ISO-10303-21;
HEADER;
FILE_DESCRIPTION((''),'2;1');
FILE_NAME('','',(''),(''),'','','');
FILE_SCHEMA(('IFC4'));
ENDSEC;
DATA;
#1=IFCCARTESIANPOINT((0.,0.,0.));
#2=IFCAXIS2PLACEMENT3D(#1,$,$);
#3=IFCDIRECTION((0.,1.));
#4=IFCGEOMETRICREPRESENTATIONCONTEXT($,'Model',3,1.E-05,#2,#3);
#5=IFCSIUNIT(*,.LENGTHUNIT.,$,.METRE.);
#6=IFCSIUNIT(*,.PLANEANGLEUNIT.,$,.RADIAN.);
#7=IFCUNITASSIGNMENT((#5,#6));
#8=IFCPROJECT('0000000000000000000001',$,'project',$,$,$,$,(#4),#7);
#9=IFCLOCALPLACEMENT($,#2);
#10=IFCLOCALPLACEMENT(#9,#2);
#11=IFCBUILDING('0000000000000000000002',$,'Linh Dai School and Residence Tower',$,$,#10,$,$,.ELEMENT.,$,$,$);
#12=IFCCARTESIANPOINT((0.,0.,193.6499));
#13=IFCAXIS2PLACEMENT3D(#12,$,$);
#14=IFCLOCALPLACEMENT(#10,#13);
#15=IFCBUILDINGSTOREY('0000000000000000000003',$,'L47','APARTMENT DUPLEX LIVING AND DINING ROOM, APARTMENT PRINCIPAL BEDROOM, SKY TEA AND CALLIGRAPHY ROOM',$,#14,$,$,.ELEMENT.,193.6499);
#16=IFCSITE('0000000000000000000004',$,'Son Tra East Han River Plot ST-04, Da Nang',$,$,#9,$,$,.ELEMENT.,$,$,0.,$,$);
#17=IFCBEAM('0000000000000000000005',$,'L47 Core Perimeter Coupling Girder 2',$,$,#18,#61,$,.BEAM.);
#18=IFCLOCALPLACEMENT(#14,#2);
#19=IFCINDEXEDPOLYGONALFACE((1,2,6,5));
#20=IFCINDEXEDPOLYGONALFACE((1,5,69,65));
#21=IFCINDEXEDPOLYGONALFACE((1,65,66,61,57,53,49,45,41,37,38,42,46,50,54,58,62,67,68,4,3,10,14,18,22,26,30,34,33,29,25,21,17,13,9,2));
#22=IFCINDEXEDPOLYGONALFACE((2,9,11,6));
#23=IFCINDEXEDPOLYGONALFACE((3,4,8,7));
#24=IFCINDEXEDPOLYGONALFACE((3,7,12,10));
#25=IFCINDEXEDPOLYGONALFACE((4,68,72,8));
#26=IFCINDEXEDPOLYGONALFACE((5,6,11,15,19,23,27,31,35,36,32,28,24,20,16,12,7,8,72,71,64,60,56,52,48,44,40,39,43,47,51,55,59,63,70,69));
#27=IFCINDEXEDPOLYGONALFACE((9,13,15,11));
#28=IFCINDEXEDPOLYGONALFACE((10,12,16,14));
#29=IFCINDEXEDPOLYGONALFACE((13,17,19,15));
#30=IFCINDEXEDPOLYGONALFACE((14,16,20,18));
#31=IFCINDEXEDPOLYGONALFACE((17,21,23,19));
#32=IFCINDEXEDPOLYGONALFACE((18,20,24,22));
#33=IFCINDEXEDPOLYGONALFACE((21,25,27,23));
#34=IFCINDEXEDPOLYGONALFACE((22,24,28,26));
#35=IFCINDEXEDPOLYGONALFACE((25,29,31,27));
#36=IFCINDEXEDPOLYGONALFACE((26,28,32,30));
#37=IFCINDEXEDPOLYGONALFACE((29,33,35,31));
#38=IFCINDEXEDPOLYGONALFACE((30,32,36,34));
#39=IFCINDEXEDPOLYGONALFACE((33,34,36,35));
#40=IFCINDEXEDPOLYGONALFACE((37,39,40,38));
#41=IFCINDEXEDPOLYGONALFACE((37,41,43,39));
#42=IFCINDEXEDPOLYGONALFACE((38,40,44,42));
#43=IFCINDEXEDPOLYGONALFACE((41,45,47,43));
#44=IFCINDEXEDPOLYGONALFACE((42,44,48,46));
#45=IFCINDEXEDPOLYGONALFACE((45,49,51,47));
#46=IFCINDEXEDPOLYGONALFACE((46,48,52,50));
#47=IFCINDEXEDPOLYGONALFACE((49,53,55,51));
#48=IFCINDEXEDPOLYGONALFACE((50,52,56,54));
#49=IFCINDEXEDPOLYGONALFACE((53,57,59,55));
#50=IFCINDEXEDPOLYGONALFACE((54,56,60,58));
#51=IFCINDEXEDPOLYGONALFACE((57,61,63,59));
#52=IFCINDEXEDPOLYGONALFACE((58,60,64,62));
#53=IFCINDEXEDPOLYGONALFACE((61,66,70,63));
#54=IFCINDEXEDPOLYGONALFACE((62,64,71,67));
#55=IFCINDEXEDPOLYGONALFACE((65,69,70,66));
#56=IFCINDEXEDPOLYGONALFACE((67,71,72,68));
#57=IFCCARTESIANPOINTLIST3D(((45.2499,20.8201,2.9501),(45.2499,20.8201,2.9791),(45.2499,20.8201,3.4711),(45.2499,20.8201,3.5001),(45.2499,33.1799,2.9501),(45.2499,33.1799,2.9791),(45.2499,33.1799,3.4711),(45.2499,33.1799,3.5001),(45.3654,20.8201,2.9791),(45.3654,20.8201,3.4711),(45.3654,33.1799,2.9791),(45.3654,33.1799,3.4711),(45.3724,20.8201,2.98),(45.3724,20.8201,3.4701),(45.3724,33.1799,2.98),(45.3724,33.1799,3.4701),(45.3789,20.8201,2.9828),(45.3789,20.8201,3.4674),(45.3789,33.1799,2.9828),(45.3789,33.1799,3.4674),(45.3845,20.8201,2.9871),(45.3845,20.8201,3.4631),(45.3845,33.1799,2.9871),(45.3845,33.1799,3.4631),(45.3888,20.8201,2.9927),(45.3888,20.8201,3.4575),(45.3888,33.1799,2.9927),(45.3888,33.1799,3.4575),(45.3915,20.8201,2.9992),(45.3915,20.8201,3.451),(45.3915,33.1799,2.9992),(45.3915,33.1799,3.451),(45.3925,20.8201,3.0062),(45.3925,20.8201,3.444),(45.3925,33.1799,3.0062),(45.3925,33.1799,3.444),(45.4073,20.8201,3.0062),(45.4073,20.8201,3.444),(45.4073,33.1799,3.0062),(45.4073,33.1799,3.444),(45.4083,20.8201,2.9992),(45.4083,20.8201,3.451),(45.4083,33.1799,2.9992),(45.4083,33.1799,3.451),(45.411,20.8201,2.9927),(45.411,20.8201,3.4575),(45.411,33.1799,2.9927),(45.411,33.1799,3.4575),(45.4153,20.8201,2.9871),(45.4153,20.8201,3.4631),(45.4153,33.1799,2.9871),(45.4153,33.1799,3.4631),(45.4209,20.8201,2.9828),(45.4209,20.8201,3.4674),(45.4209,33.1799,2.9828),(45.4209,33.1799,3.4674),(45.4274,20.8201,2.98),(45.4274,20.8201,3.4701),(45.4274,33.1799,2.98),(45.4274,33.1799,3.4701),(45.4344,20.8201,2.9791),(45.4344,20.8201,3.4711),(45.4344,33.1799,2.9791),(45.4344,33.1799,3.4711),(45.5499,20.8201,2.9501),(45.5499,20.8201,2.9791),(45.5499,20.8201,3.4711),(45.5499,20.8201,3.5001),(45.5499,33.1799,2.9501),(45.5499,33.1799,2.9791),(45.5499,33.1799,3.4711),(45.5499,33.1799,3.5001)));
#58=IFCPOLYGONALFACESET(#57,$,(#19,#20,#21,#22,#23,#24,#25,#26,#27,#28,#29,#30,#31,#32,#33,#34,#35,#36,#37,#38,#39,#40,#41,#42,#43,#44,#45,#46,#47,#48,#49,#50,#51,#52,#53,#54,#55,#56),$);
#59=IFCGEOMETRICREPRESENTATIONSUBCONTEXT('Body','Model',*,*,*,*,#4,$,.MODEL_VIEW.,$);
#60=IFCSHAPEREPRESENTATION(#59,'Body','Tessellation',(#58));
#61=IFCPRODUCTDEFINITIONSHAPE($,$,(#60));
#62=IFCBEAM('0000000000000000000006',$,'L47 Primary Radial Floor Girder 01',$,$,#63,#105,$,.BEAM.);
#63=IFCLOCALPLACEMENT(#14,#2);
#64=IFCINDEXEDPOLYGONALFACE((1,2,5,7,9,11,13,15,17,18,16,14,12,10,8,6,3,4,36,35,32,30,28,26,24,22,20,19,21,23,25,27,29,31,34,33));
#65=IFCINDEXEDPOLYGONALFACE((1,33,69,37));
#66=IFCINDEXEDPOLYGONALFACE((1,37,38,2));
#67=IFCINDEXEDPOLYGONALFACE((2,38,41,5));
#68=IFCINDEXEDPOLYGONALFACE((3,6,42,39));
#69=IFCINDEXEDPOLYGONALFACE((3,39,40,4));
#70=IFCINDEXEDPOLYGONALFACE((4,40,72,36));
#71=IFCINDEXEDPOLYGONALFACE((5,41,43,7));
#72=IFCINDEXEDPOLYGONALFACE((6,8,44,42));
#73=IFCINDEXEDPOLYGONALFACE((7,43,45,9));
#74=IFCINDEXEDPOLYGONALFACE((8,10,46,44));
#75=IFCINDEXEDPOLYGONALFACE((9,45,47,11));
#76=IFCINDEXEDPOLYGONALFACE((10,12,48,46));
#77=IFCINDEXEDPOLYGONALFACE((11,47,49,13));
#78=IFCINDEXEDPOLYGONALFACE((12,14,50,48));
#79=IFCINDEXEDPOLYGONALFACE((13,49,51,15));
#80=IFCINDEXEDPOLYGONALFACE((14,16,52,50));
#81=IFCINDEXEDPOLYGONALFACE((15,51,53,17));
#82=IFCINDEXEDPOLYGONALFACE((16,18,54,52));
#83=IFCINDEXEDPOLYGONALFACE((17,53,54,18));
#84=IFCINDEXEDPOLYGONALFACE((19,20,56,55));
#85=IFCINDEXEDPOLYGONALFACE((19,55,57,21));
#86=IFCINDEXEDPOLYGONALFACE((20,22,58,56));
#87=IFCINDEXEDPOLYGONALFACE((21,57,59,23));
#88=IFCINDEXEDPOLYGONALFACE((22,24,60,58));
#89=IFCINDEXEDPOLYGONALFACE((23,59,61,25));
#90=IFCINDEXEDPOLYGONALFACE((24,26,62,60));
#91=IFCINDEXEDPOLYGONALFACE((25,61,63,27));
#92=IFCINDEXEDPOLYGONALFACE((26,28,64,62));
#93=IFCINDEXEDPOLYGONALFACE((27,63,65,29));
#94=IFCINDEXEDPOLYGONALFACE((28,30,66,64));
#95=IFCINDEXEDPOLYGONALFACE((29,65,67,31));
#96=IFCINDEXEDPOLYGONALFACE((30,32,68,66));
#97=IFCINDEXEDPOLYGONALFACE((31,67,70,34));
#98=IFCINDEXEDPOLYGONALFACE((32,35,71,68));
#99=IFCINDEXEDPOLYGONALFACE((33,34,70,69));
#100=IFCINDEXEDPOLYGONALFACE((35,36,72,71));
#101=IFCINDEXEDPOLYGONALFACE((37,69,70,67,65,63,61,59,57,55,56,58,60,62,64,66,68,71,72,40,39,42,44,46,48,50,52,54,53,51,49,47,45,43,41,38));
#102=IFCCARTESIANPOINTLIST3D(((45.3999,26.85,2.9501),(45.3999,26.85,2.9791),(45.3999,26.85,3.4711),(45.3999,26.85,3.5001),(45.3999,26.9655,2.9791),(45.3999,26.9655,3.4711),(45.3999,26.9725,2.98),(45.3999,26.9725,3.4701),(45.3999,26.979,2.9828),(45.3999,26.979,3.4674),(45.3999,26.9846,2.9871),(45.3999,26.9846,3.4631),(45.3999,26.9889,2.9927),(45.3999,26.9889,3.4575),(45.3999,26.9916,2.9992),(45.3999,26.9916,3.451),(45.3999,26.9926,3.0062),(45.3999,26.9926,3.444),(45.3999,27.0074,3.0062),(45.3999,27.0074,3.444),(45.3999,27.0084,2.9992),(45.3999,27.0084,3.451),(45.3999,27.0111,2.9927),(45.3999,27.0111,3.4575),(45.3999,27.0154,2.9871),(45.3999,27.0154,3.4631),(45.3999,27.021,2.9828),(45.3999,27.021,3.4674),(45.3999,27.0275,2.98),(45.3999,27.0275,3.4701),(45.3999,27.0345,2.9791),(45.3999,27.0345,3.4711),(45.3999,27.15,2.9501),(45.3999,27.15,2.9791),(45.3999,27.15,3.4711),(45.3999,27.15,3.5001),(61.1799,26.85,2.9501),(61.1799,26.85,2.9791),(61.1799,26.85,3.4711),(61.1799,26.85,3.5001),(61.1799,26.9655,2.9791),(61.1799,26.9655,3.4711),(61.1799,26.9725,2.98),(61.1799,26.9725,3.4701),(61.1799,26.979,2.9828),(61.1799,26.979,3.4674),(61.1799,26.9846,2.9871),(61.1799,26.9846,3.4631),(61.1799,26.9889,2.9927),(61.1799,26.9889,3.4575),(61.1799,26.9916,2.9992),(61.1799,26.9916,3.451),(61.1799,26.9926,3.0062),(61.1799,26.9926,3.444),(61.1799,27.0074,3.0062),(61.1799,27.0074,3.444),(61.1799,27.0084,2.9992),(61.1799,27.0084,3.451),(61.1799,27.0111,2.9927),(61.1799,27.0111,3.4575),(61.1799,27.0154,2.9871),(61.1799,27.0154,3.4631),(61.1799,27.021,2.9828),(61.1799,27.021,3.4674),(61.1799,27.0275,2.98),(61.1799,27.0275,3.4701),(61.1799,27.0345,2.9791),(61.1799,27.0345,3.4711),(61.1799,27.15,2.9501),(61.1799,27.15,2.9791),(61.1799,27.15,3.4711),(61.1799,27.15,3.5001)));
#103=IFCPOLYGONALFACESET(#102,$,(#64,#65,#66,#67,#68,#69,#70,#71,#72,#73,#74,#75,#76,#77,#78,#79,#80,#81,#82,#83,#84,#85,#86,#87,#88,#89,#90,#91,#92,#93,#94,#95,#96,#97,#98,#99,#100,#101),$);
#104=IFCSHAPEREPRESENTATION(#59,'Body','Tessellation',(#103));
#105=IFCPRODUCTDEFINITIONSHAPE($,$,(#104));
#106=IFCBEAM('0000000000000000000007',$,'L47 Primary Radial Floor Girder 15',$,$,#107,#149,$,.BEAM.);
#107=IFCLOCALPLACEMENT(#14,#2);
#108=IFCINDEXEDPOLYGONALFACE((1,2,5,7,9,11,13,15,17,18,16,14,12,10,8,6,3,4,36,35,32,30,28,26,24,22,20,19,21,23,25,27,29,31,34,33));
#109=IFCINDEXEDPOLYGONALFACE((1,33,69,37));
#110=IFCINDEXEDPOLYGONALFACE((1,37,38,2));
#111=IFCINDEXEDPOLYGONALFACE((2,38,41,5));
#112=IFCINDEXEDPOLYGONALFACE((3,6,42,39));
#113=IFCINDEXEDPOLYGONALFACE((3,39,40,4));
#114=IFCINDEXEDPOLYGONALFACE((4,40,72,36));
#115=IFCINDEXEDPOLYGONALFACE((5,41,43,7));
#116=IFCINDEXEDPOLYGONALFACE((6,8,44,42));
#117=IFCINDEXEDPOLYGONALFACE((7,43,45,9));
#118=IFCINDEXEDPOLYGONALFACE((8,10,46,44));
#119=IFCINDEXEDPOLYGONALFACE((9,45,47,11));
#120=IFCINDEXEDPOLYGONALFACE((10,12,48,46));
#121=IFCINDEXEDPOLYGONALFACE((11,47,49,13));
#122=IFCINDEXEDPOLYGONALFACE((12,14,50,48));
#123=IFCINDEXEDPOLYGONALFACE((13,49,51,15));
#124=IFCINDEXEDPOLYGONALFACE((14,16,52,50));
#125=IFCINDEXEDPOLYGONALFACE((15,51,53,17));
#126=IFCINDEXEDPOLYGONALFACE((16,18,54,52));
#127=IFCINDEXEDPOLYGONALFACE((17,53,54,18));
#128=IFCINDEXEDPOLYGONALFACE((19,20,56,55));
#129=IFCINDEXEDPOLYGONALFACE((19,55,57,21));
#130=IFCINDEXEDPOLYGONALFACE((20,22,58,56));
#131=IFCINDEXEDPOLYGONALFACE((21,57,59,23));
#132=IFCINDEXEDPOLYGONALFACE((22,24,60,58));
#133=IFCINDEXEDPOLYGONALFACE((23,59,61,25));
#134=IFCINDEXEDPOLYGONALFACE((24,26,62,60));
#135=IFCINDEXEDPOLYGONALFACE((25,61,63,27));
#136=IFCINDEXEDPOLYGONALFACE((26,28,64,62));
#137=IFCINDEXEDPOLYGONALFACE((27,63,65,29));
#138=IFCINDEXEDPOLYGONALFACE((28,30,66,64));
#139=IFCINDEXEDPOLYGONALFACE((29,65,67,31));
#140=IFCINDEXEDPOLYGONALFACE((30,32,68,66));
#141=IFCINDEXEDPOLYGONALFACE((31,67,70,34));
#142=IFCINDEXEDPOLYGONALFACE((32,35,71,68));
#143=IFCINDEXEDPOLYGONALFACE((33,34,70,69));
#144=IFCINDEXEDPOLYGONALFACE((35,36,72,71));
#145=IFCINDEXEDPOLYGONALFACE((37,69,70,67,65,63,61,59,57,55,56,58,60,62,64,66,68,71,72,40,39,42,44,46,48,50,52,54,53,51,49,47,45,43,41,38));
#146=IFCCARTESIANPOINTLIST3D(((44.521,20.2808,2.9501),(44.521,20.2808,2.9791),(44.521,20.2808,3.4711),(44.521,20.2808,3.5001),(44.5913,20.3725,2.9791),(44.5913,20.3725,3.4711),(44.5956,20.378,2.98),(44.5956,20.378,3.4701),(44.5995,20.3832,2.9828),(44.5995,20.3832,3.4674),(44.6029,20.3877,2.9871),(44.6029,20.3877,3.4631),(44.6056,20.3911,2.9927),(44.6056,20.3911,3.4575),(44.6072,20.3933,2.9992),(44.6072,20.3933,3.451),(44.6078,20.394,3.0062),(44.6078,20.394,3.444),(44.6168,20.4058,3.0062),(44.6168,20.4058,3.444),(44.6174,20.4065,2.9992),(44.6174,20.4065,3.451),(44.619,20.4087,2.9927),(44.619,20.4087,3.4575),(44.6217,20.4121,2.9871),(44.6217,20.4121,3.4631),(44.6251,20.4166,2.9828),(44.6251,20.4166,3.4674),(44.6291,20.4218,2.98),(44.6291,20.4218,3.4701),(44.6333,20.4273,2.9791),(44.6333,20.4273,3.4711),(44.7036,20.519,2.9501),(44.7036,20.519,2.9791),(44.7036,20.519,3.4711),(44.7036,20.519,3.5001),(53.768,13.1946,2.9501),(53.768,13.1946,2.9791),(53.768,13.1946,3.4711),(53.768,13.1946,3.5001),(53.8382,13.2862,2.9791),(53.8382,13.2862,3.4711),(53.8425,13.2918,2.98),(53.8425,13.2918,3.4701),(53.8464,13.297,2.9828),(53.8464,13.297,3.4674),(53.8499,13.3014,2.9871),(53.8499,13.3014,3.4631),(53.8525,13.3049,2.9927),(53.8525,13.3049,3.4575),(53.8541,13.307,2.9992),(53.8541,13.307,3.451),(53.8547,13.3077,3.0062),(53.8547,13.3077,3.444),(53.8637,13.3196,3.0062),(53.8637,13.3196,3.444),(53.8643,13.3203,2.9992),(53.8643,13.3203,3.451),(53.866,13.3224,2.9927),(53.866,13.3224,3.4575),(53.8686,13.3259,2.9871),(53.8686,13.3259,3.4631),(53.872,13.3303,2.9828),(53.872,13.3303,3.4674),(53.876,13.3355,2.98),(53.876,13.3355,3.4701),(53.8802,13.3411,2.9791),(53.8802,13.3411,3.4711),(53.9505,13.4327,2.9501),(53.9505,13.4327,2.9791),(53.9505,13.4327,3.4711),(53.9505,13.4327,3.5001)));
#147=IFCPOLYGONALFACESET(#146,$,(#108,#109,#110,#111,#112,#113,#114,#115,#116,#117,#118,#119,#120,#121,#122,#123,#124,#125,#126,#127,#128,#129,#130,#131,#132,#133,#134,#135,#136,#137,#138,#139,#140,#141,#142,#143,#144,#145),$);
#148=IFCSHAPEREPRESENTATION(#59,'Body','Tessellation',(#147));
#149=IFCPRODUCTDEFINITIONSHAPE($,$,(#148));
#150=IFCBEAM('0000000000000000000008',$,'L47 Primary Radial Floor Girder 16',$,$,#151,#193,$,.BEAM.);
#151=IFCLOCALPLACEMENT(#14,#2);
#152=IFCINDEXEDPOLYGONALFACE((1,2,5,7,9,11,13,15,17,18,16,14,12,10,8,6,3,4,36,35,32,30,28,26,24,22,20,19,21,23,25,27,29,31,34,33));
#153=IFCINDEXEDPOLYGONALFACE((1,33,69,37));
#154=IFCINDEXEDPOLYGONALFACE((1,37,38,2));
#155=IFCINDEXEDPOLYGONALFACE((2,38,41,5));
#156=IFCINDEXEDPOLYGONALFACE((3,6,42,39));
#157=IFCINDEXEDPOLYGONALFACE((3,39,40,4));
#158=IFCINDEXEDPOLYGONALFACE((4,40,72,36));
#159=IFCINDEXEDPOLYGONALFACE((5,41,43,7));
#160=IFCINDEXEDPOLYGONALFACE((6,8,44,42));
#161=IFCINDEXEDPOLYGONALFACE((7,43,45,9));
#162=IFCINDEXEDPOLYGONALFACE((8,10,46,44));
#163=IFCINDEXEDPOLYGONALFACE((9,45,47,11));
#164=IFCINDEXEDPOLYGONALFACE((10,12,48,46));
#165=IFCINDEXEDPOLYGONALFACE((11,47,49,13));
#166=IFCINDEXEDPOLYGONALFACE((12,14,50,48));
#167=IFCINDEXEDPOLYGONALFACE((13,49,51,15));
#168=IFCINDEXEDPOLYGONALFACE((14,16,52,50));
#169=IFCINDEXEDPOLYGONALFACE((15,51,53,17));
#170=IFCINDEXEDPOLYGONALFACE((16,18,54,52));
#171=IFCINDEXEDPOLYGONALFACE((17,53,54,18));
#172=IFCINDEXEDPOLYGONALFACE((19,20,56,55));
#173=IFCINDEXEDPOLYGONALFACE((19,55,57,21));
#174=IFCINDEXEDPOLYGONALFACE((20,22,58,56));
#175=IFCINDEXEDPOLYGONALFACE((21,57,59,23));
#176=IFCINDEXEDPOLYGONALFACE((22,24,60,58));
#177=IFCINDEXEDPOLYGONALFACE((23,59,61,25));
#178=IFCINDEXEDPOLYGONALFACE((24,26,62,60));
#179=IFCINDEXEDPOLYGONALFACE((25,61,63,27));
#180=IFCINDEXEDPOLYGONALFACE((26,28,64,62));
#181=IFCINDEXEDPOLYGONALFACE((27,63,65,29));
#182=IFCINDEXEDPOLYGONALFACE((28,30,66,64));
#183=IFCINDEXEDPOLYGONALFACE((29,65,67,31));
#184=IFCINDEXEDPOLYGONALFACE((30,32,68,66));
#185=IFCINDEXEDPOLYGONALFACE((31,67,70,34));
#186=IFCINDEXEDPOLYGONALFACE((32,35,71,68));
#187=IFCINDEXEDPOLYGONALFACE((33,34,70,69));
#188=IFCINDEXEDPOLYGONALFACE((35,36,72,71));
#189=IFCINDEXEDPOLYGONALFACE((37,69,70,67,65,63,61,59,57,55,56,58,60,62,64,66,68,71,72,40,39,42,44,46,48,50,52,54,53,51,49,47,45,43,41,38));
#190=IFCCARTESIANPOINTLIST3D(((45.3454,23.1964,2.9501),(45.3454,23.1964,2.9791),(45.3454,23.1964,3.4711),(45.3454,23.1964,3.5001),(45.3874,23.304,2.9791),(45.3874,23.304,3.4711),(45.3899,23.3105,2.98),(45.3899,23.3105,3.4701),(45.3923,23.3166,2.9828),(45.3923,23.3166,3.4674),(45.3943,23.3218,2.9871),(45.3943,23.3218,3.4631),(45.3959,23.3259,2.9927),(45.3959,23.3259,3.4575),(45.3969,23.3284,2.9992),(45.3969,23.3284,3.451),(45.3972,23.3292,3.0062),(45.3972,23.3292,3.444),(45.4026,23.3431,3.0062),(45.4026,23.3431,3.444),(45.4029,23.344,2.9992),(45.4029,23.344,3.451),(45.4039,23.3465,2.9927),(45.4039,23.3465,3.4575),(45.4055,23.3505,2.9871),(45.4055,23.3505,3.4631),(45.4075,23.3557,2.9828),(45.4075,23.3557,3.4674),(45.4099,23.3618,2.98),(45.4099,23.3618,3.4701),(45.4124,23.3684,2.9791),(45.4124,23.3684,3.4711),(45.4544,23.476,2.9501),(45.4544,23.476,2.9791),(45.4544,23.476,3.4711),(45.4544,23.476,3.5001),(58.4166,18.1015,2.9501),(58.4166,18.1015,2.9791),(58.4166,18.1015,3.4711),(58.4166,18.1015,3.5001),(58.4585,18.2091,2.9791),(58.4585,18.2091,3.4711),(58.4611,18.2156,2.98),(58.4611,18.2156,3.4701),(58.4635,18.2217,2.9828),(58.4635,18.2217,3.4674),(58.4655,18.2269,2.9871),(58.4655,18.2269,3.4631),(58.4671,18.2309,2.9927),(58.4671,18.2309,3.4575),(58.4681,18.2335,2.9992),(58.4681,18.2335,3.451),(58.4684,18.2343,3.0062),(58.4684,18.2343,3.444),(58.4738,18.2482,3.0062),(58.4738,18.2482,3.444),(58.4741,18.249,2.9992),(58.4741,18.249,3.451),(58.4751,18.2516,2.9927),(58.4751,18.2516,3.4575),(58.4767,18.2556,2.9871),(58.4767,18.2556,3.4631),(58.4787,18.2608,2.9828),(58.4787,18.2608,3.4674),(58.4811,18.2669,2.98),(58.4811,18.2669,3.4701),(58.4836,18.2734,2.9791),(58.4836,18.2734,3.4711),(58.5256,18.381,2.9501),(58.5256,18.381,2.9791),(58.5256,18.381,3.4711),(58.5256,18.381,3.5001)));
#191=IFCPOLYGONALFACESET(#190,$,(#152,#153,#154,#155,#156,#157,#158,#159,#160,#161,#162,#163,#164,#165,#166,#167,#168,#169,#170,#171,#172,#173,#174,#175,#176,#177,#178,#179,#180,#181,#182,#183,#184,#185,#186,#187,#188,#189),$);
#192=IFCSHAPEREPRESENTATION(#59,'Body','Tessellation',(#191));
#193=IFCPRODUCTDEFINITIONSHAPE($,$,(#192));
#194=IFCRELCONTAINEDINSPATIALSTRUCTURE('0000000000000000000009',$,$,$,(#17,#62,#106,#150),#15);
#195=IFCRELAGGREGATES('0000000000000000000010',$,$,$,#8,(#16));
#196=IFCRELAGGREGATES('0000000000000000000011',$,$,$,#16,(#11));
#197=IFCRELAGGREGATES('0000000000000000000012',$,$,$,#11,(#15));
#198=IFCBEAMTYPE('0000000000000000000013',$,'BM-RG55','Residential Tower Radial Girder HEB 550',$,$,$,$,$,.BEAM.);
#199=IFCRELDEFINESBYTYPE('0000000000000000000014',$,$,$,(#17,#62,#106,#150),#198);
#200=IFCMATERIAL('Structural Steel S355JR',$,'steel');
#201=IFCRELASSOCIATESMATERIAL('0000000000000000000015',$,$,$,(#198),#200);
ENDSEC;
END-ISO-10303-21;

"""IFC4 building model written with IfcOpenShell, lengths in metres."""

from ifc_helpers import new_model, si_unit, direction, frame, origin, origin_2d, place, context, subcontext, project, spatial, i_section, extrude, material, material_profile, profile_set, type_object, element, save


model = new_model("IFC4")

# Units and contexts
model_context = context("Model", 3, precision=1e-05, world=origin(), true_north=direction((0.0, 1.0)))
body_context = subcontext(model_context, "Body", "Model", "MODEL_VIEW")
ifc_project = project(units=[si_unit("LENGTHUNIT", "METRE"), si_unit("PLANEANGLEUNIT", "RADIAN")], contexts=[model_context])

# Site, building, storey
site_placement = place(None, origin())
site = spatial("IfcSite", under=ifc_project, at=site_placement, Name="Son Tra East Han River Plot ST-04, Da Nang", CompositionType="ELEMENT", RefElevation=0.0)
building_placement = place(site_placement, origin())
building = spatial("IfcBuilding", under=site, at=building_placement, Name="Linh Dai School and Residence Tower", CompositionType="ELEMENT")
storey_placement = place(building_placement, frame((0.0, 0.0, 193.6499)))
storey = spatial("IfcBuildingStorey", under=building, at=storey_placement, Name="L47", Description="APARTMENT DUPLEX LIVING AND DINING ROOM, APARTMENT PRINCIPAL BEDROOM, SKY TEA AND CALLIGRAPHY ROOM", CompositionType="ELEMENT", Elevation=193.6499)

# Shared definitions
ifc_material_1 = material(Name="Structural Steel S355JR", Category="steel")

# Beams
ifc_material_profile_1 = material_profile(ifc_material_1, i_section(OverallWidth=0.3, OverallDepth=0.55, WebThickness=0.0149, FlangeThickness=0.0291, FilletRadius=0.0271, at=origin_2d()), Name="HEB 550")
ifc_profile_set_1 = profile_set([ifc_material_profile_1], Name="Structural Steel S355JR")
beam_type_1 = type_object("IfcBeamType", Name="BM-RG55", Description="Residential Tower Radial Girder HEB 550", PredefinedType="BEAM", material=ifc_profile_set_1)
beam_1_placement = place(storey_placement, frame((45.3999, 20.8201, 3.2251), z_axis=(0.0, 1.0, 0.0), x_axis=(-1.0, 0.0, 0.0)))
element("IfcBeam", 1, at=beam_1_placement, inside=storey, type_object=beam_type_1, Name="L47 Core Perimeter Coupling Girder 2", PredefinedType="BEAM", context=body_context, shape_type="SweptSolid", body=[
    extrude(i_section(OverallWidth=0.3, OverallDepth=0.55, WebThickness=0.0149, FlangeThickness=0.0291, FilletRadius=0.0271, at=origin_2d()), origin(), (0.0, 0.0, 1.0), 12.3599),
])
beam_2_placement = place(storey_placement, frame((45.3999, 27.0, 3.2251), z_axis=(1.0, 0.0, 0.0), x_axis=(0.0, 1.0, 0.0)))
element("IfcBeam", 2, at=beam_2_placement, inside=storey, type_object=beam_type_1, Name="L47 Primary Radial Floor Girder 01", PredefinedType="BEAM", context=body_context, shape_type="SweptSolid", body=[
    extrude(i_section(OverallWidth=0.3, OverallDepth=0.55, WebThickness=0.0149, FlangeThickness=0.0291, FilletRadius=0.0271, at=origin_2d()), origin(), (0.0, 0.0, 1.0), 15.78),
])
beam_3_placement = place(storey_placement, frame((44.6123, 20.3999, 3.2251), z_axis=(0.793733, -0.608267, 0.0), x_axis=(0.608267, 0.793733, 0.0)))
element("IfcBeam", 3, at=beam_3_placement, inside=storey, type_object=beam_type_1, Name="L47 Primary Radial Floor Girder 15", PredefinedType="BEAM", context=body_context, shape_type="SweptSolid", body=[
    extrude(i_section(OverallWidth=0.3, OverallDepth=0.55, WebThickness=0.0149, FlangeThickness=0.0291, FilletRadius=0.0271, at=origin_2d()), origin(), (0.0, 0.0, 1.0), 11.6499),
])
beam_4_placement = place(storey_placement, frame((45.3999, 23.3362, 3.2251), z_axis=(0.931723, -0.36317, 0.0), x_axis=(0.36317, 0.931723, 0.0)))
element("IfcBeam", 4, at=beam_4_placement, inside=storey, type_object=beam_type_1, Name="L47 Primary Radial Floor Girder 16", PredefinedType="BEAM", context=body_context, shape_type="SweptSolid", body=[
    extrude(i_section(OverallWidth=0.3, OverallDepth=0.55, WebThickness=0.0149, FlangeThickness=0.0291, FilletRadius=0.0271, at=origin_2d()), origin(), (0.0, 0.0, 1.0), 14.0291),
])

save(model, "model.ifc")
